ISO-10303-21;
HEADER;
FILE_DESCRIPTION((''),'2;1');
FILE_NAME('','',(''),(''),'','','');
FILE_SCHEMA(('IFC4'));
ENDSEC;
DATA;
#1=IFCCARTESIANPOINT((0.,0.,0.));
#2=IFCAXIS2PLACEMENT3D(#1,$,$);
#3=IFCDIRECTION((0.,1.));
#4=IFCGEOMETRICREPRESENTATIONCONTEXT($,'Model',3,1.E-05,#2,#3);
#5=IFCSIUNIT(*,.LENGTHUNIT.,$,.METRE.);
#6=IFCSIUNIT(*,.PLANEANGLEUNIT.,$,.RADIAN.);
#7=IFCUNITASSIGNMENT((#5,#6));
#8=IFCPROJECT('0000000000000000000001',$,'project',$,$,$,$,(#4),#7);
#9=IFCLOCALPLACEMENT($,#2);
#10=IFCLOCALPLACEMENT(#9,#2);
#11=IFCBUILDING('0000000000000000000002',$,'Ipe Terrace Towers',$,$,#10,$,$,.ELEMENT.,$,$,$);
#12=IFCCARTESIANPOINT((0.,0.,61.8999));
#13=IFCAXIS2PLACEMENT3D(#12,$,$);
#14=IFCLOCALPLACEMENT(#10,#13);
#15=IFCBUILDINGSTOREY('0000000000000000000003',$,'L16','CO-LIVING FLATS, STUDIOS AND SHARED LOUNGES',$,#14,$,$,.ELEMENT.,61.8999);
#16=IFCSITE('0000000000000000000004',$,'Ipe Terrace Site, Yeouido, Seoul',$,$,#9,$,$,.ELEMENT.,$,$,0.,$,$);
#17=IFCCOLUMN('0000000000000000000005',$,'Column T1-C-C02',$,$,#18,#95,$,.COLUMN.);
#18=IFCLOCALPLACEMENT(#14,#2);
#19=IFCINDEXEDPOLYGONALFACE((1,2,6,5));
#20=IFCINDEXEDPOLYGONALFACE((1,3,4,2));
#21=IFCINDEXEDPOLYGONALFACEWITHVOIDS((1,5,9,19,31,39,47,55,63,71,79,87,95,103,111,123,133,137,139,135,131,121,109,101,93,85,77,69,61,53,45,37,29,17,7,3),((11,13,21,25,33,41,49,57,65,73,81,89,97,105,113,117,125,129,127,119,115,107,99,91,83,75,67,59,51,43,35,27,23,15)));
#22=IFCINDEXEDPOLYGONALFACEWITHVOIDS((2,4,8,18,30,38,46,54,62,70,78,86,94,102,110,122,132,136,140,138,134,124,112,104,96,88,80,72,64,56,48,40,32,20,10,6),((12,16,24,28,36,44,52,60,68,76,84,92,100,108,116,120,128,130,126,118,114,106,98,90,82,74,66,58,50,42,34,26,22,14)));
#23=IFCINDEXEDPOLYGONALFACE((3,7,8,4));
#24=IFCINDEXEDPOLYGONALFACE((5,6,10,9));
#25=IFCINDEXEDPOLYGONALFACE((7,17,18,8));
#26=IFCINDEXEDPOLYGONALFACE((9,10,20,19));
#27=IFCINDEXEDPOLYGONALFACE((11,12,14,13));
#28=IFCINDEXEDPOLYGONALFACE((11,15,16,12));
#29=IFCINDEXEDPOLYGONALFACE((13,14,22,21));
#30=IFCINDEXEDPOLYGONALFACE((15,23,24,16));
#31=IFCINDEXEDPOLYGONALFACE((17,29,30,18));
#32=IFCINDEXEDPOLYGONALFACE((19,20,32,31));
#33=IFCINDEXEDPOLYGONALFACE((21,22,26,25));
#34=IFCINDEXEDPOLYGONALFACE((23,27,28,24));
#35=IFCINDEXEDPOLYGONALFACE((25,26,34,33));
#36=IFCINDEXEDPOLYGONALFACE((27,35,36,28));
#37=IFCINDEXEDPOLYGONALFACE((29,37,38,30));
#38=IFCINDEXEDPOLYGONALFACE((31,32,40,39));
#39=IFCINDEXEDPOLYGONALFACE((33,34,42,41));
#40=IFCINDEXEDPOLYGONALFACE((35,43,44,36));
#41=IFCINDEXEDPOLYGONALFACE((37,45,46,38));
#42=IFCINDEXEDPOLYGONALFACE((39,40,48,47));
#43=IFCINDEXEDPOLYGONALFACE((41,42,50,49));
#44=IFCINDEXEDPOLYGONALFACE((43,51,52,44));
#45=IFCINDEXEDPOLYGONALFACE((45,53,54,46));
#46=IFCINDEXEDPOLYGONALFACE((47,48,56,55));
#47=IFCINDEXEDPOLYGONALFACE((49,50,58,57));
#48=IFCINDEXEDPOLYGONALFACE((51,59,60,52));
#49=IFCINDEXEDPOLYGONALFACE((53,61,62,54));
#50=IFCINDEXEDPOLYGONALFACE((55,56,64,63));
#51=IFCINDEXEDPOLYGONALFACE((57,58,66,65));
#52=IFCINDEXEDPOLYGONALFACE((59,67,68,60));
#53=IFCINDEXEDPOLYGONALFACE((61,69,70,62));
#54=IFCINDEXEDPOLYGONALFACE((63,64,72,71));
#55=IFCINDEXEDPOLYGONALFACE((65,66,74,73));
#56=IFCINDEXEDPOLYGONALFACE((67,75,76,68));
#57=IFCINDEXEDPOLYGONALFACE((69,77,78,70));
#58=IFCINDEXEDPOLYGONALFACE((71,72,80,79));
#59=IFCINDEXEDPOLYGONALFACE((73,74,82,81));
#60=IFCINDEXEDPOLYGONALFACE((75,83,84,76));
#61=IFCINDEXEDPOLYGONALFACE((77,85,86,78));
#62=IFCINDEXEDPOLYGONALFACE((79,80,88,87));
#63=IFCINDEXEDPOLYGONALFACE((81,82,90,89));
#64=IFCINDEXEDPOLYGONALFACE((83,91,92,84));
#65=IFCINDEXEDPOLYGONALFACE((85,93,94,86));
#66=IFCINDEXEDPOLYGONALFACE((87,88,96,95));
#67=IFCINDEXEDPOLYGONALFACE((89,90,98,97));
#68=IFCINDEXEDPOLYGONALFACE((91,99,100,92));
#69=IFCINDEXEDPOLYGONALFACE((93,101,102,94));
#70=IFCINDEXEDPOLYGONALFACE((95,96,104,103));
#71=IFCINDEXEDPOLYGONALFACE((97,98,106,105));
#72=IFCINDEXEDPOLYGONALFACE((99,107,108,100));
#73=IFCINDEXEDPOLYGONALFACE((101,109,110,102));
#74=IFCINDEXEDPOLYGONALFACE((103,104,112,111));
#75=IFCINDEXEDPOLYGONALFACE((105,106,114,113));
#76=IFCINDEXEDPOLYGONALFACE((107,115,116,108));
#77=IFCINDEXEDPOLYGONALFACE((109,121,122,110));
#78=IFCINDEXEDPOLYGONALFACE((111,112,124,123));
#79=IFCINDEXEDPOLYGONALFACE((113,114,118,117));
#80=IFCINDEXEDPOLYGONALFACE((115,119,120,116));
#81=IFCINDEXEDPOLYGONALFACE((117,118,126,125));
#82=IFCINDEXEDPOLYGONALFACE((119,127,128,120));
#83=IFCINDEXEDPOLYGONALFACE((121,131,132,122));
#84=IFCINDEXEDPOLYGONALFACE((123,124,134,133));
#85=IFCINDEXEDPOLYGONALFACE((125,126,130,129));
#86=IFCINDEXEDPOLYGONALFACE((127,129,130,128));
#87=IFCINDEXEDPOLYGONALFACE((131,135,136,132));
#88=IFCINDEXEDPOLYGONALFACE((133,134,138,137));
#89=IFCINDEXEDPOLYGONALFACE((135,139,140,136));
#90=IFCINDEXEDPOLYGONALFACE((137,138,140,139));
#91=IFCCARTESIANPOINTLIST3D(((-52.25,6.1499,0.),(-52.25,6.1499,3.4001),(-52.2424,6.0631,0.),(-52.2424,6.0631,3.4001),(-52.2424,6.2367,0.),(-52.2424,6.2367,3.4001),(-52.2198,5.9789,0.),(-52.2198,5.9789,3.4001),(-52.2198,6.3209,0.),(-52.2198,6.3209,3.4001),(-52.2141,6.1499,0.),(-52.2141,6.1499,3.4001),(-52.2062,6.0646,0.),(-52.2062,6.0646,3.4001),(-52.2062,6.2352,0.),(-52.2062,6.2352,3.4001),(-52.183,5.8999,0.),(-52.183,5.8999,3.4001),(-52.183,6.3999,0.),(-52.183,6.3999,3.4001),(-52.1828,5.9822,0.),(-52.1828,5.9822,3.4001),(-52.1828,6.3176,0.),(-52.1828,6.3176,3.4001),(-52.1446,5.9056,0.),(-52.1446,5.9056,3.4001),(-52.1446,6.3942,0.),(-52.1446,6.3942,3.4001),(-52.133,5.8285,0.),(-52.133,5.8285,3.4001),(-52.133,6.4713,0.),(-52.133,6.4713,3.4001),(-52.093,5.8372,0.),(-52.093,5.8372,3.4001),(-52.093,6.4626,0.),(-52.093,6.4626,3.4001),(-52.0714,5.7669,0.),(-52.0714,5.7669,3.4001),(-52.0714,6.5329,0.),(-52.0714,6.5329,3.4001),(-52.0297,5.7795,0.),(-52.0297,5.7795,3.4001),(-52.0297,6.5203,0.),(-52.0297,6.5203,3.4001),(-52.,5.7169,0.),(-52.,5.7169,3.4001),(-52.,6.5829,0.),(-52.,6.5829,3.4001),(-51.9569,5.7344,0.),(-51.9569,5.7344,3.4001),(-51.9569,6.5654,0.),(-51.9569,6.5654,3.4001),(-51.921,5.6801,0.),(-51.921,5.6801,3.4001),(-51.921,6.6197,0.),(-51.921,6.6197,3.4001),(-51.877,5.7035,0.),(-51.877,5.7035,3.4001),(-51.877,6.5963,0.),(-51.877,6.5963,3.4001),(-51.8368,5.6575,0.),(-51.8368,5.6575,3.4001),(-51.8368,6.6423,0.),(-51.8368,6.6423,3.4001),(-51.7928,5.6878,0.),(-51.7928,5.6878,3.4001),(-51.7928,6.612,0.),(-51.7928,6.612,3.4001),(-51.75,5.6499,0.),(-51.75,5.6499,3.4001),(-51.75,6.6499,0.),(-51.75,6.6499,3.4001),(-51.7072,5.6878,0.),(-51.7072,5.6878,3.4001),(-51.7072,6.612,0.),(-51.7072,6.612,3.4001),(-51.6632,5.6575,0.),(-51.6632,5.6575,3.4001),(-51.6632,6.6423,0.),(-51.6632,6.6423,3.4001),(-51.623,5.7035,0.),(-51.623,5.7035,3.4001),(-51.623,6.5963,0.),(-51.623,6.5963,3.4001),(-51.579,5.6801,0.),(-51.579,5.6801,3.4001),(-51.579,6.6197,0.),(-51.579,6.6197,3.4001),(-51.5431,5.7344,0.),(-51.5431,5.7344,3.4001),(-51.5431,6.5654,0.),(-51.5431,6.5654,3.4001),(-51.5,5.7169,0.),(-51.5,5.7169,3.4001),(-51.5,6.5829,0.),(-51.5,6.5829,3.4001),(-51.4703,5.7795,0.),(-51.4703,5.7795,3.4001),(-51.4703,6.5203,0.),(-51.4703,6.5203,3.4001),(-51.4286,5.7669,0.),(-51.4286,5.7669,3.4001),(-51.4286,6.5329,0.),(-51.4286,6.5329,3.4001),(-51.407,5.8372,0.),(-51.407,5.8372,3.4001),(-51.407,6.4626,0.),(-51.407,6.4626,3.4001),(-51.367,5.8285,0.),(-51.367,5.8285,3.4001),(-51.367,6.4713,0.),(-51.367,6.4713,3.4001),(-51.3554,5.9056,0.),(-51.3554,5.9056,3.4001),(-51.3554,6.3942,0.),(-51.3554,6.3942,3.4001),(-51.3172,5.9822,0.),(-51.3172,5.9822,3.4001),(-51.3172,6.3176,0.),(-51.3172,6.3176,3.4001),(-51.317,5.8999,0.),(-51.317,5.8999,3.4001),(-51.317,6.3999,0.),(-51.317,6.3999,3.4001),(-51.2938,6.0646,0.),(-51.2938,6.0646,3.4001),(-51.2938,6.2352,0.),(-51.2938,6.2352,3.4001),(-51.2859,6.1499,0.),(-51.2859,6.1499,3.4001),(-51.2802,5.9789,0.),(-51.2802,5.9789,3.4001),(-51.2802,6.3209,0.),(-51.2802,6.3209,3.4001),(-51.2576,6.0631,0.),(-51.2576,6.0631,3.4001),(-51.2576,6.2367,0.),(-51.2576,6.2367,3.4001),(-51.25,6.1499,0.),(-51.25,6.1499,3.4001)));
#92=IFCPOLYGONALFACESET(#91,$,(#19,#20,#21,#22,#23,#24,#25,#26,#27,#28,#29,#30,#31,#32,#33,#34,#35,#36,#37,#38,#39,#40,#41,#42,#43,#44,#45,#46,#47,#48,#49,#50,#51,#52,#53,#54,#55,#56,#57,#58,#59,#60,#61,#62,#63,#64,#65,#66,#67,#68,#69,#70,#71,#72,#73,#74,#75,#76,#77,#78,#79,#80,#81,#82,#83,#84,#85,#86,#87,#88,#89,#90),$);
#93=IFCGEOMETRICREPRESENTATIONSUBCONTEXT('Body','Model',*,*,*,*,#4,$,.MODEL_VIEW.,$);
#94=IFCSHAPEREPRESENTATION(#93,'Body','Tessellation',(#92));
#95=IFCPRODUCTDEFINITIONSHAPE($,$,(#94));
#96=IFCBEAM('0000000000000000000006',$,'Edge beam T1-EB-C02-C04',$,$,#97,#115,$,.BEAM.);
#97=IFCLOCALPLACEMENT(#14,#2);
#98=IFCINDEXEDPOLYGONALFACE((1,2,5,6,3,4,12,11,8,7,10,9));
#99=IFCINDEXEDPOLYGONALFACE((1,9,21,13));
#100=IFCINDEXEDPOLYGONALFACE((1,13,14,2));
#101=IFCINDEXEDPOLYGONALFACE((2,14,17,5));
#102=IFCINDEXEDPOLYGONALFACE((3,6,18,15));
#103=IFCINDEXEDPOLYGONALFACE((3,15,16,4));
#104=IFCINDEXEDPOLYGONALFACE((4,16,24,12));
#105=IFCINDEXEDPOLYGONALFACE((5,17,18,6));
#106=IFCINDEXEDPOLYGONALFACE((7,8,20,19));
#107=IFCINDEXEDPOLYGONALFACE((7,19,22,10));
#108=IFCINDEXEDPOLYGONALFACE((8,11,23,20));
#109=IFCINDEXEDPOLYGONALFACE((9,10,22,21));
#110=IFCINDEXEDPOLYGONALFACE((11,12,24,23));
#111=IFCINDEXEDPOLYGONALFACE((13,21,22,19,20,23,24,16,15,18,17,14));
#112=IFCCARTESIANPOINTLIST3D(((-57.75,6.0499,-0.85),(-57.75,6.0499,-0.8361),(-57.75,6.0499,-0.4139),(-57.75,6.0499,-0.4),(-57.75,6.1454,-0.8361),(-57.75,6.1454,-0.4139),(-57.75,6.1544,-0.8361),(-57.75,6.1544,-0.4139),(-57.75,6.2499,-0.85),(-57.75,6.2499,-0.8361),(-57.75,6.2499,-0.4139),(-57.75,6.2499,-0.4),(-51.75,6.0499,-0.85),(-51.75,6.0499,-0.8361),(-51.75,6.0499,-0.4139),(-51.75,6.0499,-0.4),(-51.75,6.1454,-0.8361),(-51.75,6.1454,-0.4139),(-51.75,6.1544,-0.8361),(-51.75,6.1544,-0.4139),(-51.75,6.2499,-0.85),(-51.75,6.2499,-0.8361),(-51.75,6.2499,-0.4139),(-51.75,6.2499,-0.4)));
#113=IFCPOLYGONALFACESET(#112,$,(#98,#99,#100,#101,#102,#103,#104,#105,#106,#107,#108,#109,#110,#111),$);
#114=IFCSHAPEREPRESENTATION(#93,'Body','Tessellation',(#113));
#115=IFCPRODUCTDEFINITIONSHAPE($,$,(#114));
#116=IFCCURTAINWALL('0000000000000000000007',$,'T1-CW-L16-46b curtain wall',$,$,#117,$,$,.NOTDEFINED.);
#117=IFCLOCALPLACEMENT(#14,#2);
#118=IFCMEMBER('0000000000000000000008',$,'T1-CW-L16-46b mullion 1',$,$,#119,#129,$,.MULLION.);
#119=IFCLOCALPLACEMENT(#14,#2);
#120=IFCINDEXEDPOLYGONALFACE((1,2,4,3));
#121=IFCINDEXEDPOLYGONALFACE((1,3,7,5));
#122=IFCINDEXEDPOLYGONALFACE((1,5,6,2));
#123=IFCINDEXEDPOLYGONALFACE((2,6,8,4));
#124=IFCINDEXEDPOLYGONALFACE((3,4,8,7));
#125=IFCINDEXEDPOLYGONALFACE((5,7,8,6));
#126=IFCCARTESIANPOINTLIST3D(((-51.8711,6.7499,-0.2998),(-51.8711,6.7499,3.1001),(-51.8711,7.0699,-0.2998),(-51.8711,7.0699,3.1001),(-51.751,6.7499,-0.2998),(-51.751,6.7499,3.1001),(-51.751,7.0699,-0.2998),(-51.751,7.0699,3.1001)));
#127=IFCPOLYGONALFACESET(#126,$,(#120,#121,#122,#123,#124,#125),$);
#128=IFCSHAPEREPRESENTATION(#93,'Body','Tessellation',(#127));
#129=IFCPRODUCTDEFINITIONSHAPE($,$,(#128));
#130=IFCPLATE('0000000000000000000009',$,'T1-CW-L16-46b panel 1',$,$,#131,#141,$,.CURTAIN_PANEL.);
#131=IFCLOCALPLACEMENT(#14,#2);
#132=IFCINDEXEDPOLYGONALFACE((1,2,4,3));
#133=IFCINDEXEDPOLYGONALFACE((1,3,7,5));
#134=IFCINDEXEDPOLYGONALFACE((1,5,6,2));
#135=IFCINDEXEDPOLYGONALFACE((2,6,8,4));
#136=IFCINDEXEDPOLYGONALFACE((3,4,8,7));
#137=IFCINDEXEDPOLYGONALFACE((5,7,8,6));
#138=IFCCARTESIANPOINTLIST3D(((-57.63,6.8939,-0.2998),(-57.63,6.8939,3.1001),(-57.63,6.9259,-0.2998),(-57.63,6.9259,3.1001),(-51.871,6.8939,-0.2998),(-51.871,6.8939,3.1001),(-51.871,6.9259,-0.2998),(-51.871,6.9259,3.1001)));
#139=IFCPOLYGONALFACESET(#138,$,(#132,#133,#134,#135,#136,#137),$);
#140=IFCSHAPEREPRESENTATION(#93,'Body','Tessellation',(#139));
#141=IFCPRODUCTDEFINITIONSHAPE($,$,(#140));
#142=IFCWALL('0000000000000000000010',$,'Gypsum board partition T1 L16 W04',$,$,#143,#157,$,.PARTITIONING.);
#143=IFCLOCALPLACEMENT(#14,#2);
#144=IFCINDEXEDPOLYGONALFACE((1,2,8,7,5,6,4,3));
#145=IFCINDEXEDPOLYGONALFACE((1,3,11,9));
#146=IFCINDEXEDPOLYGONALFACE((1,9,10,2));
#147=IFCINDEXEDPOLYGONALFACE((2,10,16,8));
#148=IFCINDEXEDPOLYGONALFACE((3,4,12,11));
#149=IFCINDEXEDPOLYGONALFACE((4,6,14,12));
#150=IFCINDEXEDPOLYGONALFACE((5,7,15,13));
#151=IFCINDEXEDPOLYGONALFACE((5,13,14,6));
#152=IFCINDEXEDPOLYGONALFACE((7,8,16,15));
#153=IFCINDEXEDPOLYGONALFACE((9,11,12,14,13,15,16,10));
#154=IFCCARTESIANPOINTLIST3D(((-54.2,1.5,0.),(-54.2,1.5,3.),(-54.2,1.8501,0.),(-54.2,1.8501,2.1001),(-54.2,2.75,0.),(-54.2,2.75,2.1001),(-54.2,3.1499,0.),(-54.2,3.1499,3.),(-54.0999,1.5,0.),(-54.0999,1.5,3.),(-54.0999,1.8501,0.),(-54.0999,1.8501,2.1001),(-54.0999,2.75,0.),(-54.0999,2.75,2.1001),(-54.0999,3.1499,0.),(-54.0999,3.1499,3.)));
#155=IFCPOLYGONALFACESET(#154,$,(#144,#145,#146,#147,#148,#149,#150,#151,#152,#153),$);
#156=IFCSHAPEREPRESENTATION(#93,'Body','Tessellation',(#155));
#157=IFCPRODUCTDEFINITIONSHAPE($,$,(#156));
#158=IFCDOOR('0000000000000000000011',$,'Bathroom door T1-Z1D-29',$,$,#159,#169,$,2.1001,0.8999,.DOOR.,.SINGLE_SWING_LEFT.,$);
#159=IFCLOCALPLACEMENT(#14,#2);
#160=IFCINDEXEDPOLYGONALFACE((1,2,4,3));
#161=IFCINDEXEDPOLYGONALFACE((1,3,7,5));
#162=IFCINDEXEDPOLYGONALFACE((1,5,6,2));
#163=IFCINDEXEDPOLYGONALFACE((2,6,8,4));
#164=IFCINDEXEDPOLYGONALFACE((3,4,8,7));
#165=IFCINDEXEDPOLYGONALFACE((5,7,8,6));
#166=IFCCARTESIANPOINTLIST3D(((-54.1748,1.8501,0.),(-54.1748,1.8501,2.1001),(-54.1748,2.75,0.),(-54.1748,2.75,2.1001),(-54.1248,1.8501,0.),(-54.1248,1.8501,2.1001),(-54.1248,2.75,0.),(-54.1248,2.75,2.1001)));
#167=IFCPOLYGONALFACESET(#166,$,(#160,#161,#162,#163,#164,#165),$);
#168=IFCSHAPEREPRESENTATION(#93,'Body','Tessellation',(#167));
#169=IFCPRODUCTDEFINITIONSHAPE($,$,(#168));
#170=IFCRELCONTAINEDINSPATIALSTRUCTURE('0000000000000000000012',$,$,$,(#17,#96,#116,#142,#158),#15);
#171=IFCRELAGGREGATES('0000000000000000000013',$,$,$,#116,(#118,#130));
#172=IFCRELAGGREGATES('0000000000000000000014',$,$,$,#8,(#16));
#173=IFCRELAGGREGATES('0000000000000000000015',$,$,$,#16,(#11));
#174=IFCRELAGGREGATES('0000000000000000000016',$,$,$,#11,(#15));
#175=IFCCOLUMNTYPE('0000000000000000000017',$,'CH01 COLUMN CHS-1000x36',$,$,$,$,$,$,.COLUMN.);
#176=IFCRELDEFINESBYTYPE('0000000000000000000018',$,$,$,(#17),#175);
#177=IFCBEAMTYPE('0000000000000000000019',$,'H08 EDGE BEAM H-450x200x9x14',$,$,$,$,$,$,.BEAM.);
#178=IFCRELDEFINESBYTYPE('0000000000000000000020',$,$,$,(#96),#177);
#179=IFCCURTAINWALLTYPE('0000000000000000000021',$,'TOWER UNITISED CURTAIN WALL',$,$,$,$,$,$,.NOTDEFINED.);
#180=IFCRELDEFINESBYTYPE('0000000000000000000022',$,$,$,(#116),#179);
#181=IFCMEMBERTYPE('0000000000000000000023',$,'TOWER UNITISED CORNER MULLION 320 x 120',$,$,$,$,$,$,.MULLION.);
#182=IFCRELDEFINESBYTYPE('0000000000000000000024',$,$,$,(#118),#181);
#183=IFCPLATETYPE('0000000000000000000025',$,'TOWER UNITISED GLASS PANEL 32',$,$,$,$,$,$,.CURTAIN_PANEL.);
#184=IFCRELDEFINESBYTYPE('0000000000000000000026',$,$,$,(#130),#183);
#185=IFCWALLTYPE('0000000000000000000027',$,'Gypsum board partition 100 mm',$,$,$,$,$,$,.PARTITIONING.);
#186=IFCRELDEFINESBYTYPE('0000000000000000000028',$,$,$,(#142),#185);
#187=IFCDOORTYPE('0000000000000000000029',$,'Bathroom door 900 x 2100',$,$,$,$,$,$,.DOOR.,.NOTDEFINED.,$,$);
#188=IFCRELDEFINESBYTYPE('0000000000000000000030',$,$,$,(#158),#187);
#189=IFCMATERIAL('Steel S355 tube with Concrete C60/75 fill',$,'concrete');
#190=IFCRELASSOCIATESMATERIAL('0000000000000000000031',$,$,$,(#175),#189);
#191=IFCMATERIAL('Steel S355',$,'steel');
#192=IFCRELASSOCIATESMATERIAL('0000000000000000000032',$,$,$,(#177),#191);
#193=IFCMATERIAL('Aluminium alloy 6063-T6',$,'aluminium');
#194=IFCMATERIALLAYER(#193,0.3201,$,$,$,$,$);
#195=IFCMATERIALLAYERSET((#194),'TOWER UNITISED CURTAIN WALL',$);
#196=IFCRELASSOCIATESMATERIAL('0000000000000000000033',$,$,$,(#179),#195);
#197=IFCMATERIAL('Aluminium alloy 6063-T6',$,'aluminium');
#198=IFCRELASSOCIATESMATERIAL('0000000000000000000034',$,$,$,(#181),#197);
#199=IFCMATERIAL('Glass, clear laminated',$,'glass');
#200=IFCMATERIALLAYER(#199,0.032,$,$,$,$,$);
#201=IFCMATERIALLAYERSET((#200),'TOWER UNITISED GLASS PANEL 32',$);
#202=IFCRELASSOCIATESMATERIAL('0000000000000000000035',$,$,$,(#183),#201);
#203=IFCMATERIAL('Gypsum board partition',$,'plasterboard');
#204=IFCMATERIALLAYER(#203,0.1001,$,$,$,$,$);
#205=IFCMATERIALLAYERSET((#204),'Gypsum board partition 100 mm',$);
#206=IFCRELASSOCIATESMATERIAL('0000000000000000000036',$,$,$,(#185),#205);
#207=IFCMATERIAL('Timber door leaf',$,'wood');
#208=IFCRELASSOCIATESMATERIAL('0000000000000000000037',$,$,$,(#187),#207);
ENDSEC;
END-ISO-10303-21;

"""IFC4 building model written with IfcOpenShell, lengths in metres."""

from ifc_helpers import new_model, si_unit, direction, frame, frame_2d, origin, origin_2d, place, context, subcontext, project, spatial, rectangle, hollow_circle, i_section, extrude, material, layer, layer_set, material_profile, profile_set, type_object, element, fill, aggregate, save


model = new_model("IFC4")

# Units and contexts
model_context = context("Model", 3, precision=1e-05, world=origin(), true_north=direction((0.0, 1.0)))
body_context = subcontext(model_context, "Body", "Model", "MODEL_VIEW")
ifc_project = project(units=[si_unit("LENGTHUNIT", "METRE"), si_unit("PLANEANGLEUNIT", "RADIAN")], contexts=[model_context])

# Site, building, storey
site_placement = place(None, origin())
site = spatial("IfcSite", under=ifc_project, at=site_placement, Name="Ipe Terrace Site, Yeouido, Seoul", CompositionType="ELEMENT", RefElevation=0.0)
building_placement = place(site_placement, origin())
building = spatial("IfcBuilding", under=site, at=building_placement, Name="Ipe Terrace Towers", CompositionType="ELEMENT")
storey_placement = place(building_placement, frame((0.0, 0.0, 61.8999)))
storey = spatial("IfcBuildingStorey", under=building, at=storey_placement, Name="L16", Description="CO-LIVING FLATS, STUDIOS AND SHARED LOUNGES", CompositionType="ELEMENT", Elevation=61.8999)

# Column
ifc_material_1 = material(Name="Steel S355 tube with Concrete C60/75 fill", Category="concrete")
ifc_material_profile_1 = material_profile(ifc_material_1, hollow_circle(Radius=0.5, WallThickness=0.0359, at=origin_2d()), Name="CHS-1000x36")
ifc_profile_set_1 = profile_set([ifc_material_profile_1], Name="Steel S355 tube with Concrete C60/75 fill")
column_type = type_object("IfcColumnType", Name="CH01 COLUMN CHS-1000x36", PredefinedType="COLUMN", material=ifc_profile_set_1)
column_placement = place(storey_placement, frame((-51.75, 6.1499, 0.0), z_axis=(0.0, 0.0, 1.0), x_axis=(1.0, 0.0, 0.0)))
element("IfcColumn", 1, at=column_placement, inside=storey, type_object=column_type, Name="Column T1-C-C02", PredefinedType="COLUMN", context=body_context, shape_type="SweptSolid", body=[
    extrude(hollow_circle(Radius=0.5, WallThickness=0.0359, at=origin_2d()), origin(), (0.0, 0.0, 1.0), 3.4001),
])

# Beam
ifc_material_2 = material(Name="Steel S355", Category="steel")
ifc_material_profile_2 = material_profile(ifc_material_2, i_section(OverallWidth=0.2, OverallDepth=0.45, WebThickness=0.009, FlangeThickness=0.0139, at=origin_2d()), Name="H-450x200x9x14")
ifc_profile_set_2 = profile_set([ifc_material_profile_2], Name="Steel S355")
beam_type = type_object("IfcBeamType", Name="H08 EDGE BEAM H-450x200x9x14", PredefinedType="BEAM", material=ifc_profile_set_2)
beam_placement = place(storey_placement, frame((-51.75, 6.1499, -0.625), z_axis=(-1.0, 0.0, 0.0), x_axis=(0.0, -1.0, 0.0)))
element("IfcBeam", 2, at=beam_placement, inside=storey, type_object=beam_type, Name="Edge beam T1-EB-C02-C04", PredefinedType="BEAM", context=body_context, shape_type="SweptSolid", body=[
    extrude(i_section(OverallWidth=0.2, OverallDepth=0.45, WebThickness=0.009, FlangeThickness=0.0139, at=origin_2d()), origin(), (0.0, 0.0, 1.0), 6.0),
])

# Curtain wall, member, plate
ifc_material_3 = material(Name="Aluminium alloy 6063-T6", Category="aluminium")
ifc_layer_1 = layer(ifc_material_3, 0.3201)
ifc_layer_set_1 = layer_set([ifc_layer_1], Name="TOWER UNITISED CURTAIN WALL")
curtain_wall_type = type_object("IfcCurtainWallType", Name="TOWER UNITISED CURTAIN WALL", PredefinedType="NOTDEFINED", material=ifc_layer_set_1)
curtain_wall_placement = place(storey_placement, origin())
curtain_wall = element("IfcCurtainWall", 3, at=curtain_wall_placement, inside=storey, type_object=curtain_wall_type, Name="T1-CW-L16-46b curtain wall", PredefinedType="NOTDEFINED")
ifc_material_4 = material(Name="Aluminium alloy 6063-T6", Category="aluminium")
ifc_material_profile_3 = material_profile(ifc_material_4, rectangle(XDim=0.3201, YDim=0.1201, at=origin_2d()), Name="TOWER UNITISED CORNER MULLION 320 x 120")
ifc_profile_set_3 = profile_set([ifc_material_profile_3], Name="Aluminium alloy 6063-T6")
member_type = type_object("IfcMemberType", Name="TOWER UNITISED CORNER MULLION 320 x 120", PredefinedType="MULLION", material=ifc_profile_set_3)
member_placement = place(storey_placement, frame((-51.811, 6.9099, -0.2998), z_axis=(0.0, 0.0, 1.0), x_axis=(0.0, 1.0, 0.0)))
member = element("IfcMember", 4, at=member_placement, type_object=member_type, Name="T1-CW-L16-46b mullion 1", PredefinedType="MULLION", context=body_context, shape_type="SweptSolid", body=[
    extrude(rectangle(XDim=0.3201, YDim=0.1201, at=origin_2d()), origin(), (0.0, 0.0, 1.0), 3.3999),
])
ifc_material_5 = material(Name="Glass, clear laminated", Category="glass")
ifc_layer_2 = layer(ifc_material_5, 0.032)
ifc_layer_set_2 = layer_set([ifc_layer_2], Name="TOWER UNITISED GLASS PANEL 32")
plate_type = type_object("IfcPlateType", Name="TOWER UNITISED GLASS PANEL 32", PredefinedType="CURTAIN_PANEL", material=ifc_layer_set_2)
plate_placement = place(storey_placement, frame((-54.7505, 6.9099, -0.2998), z_axis=(0.0, 0.0, 1.0), x_axis=(-1.0, 0.0, 0.0)))
plate = element("IfcPlate", 5, at=plate_placement, type_object=plate_type, Name="T1-CW-L16-46b panel 1", PredefinedType="CURTAIN_PANEL", context=body_context, shape_type="SweptSolid", body=[
    extrude(rectangle(XDim=5.759, YDim=0.032, at=origin_2d()), origin(), (0.0, 0.0, 1.0), 3.3999),
])
aggregate(curtain_wall, [member, plate])

# Wall, opening, door
ifc_material_6 = material(Name="Gypsum board partition", Category="plasterboard")
ifc_layer_3 = layer(ifc_material_6, 0.1001)
ifc_layer_set_3 = layer_set([ifc_layer_3], Name="Gypsum board partition 100 mm")
wall_type_1 = type_object("IfcWallType", Name="Gypsum board partition 100 mm", PredefinedType="PARTITIONING", material=ifc_layer_set_3)
wall_1_placement = place(storey_placement, frame((-54.1499, 1.5, 0.0), z_axis=(0.0, 0.0, 1.0), x_axis=(0.0, 1.0, 0.0)))
wall_1 = element("IfcWall", 6, at=wall_1_placement, inside=storey, type_object=wall_type_1, Name="Gypsum board partition T1 L16 W04", PredefinedType="PARTITIONING", context=body_context, shape_type="SweptSolid", body=[
    extrude(rectangle(XDim=1.6499, YDim=0.1001, at=frame_2d((0.825, 0.0))), origin(), (0.0, 0.0, 1.0), 3.0),
])
opening_1_placement = place(wall_1_placement, frame((0.3501, 0.0, 0.0)))
opening_1 = element("IfcOpeningElement", 7, at=opening_1_placement, cuts=wall_1, PredefinedType="OPENING", context=body_context, shape_type="SweptSolid", body=[
    extrude(rectangle(XDim=0.8999, YDim=2.1001, at=frame_2d((0.45, 1.05))), frame((0.0, 0.0601, 0.0), z_axis=(0.0, -1.0, 0.0), x_axis=(1.0, 0.0, 0.0)), (0.0, 0.0, 1.0), 0.1201),
])
ifc_material_7 = material(Name="Timber door leaf", Category="wood")
door_type_1 = type_object("IfcDoorType", Name="Bathroom door 900 x 2100", OperationType="NOTDEFINED", PredefinedType="DOOR", material=ifc_material_7)
door_1_placement = place(opening_1_placement, origin())
door_1 = element("IfcDoor", 8, at=door_1_placement, inside=storey, type_object=door_type_1, Name="Bathroom door T1-Z1D-29", OperationType="SINGLE_SWING_LEFT", OverallHeight=2.1001, OverallWidth=0.8999, PredefinedType="DOOR", context=body_context, shape_type="SweptSolid", body=[
    extrude(rectangle(XDim=0.8999, YDim=2.1001, at=frame_2d((0.45, 1.05))), frame((0.0, 0.0249, 0.0), z_axis=(0.0, -1.0, 0.0), x_axis=(1.0, 0.0, 0.0)), (0.0, 0.0, 1.0), 0.05),
])
fill(opening_1, door_1)

save(model, "model.ifc")
